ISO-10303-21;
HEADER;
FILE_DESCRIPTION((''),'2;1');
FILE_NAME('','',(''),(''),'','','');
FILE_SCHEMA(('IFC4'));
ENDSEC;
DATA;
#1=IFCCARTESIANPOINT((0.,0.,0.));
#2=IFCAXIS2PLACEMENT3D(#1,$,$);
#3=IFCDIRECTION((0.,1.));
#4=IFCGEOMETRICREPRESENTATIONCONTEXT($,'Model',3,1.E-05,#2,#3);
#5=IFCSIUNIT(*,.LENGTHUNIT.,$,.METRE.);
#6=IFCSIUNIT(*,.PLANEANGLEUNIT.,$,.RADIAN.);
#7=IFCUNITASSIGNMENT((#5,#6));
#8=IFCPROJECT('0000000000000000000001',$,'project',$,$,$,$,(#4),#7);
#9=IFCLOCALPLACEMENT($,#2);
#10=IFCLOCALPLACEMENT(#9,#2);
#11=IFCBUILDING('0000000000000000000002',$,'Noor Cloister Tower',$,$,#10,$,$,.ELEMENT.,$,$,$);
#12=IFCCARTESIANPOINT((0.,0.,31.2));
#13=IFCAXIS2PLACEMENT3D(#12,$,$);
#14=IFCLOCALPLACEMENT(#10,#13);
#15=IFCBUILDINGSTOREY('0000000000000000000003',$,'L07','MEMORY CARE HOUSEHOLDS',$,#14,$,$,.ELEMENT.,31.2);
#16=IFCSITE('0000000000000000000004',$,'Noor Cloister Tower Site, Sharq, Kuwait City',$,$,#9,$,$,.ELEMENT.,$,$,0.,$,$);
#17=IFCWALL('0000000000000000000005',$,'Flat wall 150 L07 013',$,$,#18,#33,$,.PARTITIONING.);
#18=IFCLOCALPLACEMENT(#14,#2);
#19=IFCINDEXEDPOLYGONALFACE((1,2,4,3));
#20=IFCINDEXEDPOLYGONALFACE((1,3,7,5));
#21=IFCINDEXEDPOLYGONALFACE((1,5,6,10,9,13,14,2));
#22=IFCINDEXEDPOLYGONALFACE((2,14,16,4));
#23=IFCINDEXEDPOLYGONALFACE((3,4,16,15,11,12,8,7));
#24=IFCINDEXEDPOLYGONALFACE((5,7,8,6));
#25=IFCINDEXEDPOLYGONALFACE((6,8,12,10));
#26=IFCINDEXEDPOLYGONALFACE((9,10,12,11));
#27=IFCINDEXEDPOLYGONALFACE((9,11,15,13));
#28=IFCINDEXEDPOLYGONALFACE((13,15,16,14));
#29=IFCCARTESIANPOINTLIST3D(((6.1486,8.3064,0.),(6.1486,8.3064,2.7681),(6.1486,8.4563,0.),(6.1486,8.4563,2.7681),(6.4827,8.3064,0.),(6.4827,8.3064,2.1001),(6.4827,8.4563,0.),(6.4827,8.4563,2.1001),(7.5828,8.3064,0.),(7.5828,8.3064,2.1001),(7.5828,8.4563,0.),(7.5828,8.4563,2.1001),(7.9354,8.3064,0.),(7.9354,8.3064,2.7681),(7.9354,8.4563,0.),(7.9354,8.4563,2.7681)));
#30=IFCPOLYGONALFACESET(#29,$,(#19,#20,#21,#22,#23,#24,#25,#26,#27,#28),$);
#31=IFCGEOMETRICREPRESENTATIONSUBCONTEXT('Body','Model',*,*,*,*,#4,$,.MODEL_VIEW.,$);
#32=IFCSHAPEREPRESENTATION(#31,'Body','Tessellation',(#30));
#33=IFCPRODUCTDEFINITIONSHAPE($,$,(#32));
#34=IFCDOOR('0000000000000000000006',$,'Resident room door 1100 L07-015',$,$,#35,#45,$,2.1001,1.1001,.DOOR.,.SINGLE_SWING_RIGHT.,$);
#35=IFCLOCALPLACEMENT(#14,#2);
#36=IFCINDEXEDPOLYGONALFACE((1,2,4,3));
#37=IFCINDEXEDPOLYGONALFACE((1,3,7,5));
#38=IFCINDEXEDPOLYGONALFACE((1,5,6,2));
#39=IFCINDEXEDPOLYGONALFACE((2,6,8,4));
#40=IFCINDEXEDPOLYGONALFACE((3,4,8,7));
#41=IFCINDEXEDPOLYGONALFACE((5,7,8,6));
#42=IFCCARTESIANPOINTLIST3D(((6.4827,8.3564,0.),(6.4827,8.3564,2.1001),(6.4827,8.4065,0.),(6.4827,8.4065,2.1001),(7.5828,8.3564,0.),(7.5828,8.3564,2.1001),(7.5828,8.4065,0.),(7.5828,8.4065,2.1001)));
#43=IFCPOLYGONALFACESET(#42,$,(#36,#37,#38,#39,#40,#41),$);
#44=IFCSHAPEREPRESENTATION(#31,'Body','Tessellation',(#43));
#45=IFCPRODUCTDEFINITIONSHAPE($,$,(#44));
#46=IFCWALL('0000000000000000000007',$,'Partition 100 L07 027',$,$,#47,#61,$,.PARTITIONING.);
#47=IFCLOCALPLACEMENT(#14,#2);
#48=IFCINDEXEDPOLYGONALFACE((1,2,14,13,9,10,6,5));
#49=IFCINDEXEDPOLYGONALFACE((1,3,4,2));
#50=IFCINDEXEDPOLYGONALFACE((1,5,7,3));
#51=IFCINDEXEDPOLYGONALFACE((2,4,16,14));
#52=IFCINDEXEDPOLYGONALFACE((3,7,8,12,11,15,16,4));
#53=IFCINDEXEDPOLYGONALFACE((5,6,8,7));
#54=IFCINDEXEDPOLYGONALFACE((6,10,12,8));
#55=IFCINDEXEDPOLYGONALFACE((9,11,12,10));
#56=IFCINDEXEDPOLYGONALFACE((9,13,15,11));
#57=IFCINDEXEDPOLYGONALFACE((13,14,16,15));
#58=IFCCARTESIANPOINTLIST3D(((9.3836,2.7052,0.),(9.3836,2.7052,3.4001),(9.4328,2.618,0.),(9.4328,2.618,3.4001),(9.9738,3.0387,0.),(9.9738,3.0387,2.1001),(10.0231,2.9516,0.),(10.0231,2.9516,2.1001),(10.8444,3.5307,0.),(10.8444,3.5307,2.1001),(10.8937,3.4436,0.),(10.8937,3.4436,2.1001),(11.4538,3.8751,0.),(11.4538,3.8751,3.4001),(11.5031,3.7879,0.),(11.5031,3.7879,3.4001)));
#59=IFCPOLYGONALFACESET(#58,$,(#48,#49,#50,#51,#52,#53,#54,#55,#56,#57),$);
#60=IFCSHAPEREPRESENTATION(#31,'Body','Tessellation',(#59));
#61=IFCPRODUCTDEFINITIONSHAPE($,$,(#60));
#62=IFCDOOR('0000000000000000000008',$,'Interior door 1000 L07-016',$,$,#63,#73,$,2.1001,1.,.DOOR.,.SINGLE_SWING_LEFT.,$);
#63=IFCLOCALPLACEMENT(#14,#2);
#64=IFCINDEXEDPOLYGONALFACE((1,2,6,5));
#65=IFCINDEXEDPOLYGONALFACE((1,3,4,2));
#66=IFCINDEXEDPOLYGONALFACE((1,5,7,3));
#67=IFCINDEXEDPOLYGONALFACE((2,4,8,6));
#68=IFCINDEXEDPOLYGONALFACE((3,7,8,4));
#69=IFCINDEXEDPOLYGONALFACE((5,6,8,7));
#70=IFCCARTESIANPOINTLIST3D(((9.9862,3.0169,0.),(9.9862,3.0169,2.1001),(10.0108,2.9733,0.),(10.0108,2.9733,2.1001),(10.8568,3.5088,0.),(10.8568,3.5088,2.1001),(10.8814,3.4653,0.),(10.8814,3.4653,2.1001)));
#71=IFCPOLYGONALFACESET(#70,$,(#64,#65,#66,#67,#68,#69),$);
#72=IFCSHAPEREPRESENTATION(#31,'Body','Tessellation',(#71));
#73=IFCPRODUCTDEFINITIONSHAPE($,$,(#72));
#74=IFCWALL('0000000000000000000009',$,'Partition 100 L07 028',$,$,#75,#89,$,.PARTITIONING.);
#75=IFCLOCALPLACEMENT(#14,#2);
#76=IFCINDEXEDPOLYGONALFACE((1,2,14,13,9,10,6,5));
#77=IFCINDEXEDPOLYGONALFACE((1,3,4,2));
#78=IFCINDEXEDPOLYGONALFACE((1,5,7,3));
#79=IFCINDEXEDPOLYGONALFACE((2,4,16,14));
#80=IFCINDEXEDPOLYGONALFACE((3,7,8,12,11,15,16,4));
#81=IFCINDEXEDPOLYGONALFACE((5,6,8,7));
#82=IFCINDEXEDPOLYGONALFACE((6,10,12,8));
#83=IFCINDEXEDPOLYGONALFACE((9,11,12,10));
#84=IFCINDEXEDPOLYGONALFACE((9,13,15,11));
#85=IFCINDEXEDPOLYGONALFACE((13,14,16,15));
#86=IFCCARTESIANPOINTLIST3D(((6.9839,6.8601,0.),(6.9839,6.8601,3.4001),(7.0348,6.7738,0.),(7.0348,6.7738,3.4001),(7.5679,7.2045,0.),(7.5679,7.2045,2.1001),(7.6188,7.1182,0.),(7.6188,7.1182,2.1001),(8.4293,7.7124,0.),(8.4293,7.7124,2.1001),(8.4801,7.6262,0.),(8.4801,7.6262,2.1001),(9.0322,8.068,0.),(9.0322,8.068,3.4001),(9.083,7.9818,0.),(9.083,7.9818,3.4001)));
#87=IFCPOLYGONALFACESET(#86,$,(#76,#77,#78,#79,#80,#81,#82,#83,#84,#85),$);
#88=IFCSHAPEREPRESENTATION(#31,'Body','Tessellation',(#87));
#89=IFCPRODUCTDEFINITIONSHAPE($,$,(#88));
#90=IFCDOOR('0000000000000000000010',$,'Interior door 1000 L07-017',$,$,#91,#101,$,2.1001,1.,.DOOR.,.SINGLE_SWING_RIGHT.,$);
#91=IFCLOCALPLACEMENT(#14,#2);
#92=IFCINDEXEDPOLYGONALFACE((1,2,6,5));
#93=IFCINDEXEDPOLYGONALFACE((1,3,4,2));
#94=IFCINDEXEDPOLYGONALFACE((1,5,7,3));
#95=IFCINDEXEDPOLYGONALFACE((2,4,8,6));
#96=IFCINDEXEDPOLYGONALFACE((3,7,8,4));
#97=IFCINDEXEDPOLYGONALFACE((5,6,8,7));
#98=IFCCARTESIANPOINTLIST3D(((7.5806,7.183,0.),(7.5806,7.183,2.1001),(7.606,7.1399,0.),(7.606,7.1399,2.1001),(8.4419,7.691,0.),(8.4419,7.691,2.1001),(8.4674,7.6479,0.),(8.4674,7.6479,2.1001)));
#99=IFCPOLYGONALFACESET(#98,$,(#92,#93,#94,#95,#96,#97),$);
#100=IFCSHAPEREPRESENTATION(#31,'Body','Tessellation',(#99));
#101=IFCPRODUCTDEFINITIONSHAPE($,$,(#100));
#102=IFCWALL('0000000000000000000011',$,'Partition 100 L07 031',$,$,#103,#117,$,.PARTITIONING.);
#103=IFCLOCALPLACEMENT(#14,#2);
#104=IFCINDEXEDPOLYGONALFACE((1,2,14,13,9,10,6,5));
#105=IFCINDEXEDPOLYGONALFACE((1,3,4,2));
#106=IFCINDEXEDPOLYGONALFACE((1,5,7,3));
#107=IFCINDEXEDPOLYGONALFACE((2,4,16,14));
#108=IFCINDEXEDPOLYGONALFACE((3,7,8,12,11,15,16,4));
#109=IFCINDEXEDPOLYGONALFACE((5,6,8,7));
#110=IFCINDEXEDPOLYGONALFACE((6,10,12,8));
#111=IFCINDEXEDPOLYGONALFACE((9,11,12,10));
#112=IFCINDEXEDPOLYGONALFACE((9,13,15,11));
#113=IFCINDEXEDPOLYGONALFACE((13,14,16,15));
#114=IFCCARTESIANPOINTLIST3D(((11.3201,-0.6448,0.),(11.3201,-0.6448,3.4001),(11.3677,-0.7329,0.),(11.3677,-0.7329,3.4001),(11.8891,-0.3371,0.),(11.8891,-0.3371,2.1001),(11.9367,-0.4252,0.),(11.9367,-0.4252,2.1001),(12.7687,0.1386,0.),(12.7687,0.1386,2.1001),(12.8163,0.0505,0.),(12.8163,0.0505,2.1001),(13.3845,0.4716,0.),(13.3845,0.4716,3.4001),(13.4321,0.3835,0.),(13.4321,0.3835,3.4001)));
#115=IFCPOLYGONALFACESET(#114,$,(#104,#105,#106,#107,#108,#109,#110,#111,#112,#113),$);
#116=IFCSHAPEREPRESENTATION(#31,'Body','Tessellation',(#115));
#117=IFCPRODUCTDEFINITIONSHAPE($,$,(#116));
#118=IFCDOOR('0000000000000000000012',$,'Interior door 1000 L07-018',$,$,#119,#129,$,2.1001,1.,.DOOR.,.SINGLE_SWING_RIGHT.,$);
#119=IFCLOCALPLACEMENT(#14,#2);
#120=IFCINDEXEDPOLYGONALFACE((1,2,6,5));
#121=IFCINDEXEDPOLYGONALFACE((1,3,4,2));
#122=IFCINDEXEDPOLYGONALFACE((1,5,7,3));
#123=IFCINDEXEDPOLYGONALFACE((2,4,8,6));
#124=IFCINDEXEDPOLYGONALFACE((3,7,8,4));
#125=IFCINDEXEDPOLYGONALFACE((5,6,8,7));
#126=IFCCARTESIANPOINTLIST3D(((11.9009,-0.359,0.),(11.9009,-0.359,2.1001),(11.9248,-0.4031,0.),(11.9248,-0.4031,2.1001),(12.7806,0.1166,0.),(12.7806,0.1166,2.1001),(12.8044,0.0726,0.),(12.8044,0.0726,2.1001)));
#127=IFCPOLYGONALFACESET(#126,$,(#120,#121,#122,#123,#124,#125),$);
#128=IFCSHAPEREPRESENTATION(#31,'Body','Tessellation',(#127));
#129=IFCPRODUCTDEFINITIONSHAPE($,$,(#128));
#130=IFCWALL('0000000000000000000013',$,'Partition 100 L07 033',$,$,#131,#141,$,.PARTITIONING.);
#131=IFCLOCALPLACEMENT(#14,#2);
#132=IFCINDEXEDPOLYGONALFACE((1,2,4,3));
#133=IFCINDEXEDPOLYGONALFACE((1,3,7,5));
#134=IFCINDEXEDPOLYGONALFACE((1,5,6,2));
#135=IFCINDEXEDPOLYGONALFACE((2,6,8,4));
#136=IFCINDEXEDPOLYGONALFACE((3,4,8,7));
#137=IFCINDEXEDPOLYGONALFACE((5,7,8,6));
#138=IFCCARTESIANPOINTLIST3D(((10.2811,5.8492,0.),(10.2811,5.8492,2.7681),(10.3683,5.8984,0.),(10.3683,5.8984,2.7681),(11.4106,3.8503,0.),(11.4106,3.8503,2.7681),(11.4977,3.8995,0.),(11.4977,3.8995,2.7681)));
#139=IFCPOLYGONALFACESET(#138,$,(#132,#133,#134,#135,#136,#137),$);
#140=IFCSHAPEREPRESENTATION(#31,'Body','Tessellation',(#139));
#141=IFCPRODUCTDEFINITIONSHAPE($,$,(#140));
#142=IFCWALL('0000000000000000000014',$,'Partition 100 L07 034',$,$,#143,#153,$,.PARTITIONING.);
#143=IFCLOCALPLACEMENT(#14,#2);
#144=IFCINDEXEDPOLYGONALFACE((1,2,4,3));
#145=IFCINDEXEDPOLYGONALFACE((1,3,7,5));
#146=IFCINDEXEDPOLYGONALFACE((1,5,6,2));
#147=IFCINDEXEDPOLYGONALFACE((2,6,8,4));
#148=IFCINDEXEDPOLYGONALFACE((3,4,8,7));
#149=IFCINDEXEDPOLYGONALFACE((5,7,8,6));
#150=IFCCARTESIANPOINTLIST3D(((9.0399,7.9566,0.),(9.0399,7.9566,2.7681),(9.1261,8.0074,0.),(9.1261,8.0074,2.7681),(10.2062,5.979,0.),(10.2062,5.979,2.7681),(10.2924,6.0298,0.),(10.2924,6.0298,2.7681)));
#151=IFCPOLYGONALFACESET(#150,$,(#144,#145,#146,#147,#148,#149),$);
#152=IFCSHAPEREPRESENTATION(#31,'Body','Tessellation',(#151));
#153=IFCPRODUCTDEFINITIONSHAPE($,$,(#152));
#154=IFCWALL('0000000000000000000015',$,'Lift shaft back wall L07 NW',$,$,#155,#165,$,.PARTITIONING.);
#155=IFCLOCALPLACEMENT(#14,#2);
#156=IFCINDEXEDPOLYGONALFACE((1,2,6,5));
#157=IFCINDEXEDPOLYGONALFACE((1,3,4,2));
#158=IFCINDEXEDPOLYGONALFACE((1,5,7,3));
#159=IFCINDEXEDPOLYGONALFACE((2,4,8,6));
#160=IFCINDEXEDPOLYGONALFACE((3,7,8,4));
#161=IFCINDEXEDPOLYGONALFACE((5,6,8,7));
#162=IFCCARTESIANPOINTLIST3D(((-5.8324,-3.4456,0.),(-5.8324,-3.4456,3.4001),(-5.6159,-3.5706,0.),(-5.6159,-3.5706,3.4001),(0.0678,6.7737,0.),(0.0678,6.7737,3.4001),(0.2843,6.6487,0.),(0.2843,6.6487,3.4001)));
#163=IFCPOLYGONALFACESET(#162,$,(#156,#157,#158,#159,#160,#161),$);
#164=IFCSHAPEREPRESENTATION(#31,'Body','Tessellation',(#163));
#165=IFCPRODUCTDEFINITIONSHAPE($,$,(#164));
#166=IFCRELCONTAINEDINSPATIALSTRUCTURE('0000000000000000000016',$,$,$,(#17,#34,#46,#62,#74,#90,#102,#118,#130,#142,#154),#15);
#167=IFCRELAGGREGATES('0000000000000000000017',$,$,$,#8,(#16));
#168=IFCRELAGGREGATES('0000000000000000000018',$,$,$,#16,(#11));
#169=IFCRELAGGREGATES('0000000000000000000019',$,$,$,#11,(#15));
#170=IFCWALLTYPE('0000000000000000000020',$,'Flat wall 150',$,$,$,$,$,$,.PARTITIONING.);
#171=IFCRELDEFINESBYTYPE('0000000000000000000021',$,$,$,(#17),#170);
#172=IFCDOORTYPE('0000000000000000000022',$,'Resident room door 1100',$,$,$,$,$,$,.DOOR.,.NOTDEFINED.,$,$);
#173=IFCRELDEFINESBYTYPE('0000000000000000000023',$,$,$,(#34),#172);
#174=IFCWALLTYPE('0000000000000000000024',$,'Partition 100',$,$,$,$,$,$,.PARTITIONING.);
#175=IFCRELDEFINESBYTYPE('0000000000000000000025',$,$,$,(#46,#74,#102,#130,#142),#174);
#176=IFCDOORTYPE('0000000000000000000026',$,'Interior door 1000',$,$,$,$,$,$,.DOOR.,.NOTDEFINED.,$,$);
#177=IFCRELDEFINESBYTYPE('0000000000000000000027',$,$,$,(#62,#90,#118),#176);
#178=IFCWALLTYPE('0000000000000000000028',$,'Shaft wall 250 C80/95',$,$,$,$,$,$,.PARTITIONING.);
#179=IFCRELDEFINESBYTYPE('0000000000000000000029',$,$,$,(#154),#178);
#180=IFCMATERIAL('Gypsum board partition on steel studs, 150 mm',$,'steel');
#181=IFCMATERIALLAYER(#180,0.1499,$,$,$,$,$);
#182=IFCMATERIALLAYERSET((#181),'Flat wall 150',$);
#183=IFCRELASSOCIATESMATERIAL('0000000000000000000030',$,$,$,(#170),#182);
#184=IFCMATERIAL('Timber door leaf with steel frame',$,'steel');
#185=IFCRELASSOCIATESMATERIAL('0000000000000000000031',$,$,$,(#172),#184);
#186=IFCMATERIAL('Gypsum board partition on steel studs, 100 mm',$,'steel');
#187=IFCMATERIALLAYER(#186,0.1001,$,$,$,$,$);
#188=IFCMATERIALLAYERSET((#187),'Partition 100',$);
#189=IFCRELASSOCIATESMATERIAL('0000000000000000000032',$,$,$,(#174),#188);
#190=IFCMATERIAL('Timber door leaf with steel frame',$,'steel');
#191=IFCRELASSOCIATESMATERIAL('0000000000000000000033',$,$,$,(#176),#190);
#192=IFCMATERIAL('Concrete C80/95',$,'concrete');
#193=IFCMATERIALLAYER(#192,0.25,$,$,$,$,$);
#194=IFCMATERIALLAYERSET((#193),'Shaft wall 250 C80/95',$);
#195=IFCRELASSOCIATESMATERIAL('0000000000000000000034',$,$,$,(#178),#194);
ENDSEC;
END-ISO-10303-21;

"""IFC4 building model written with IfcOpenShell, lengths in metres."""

from ifc_helpers import new_model, si_unit, direction, frame, frame_2d, origin, place, context, subcontext, project, spatial, rectangle, extrude, material, layer, layer_set, type_object, element, fill, save


model = new_model("IFC4")

# Units and contexts
model_context = context("Model", 3, precision=1e-05, world=origin(), true_north=direction((0.0, 1.0)))
body_context = subcontext(model_context, "Body", "Model", "MODEL_VIEW")
ifc_project = project(units=[si_unit("LENGTHUNIT", "METRE"), si_unit("PLANEANGLEUNIT", "RADIAN")], contexts=[model_context])

# Site, building, storey
site_placement = place(None, origin())
site = spatial("IfcSite", under=ifc_project, at=site_placement, Name="Noor Cloister Tower Site, Sharq, Kuwait City", CompositionType="ELEMENT", RefElevation=0.0)
building_placement = place(site_placement, origin())
building = spatial("IfcBuilding", under=site, at=building_placement, Name="Noor Cloister Tower", CompositionType="ELEMENT")
storey_placement = place(building_placement, frame((0.0, 0.0, 31.2)))
storey = spatial("IfcBuildingStorey", under=building, at=storey_placement, Name="L07", Description="MEMORY CARE HOUSEHOLDS", CompositionType="ELEMENT", Elevation=31.2)

# Shared definitions
ifc_material_1 = material(Name="Gypsum board partition on steel studs, 150 mm", Category="steel")
ifc_layer_1 = layer(ifc_material_1, 0.1499)
ifc_layer_set_1 = layer_set([ifc_layer_1], Name="Flat wall 150")
wall_type_1 = type_object("IfcWallType", Name="Flat wall 150", PredefinedType="PARTITIONING", material=ifc_layer_set_1)
ifc_material_2 = material(Name="Timber door leaf with steel frame", Category="steel")
door_type_1 = type_object("IfcDoorType", Name="Resident room door 1100", OperationType="NOTDEFINED", PredefinedType="DOOR", material=ifc_material_2)

# Walls, openings, doors
wall_1_placement = place(storey_placement, frame((7.9355, 8.3813, 0.0), z_axis=(0.0, 0.0, 1.0), x_axis=(-1.0, 0.0, 0.0)))
wall_1 = element("IfcWall", 1, at=wall_1_placement, inside=storey, type_object=wall_type_1, Name="Flat wall 150 L07 013", PredefinedType="PARTITIONING", context=body_context, shape_type="SweptSolid", body=[
    extrude(rectangle(XDim=1.7869, YDim=0.1499, at=frame_2d((0.8936, 0.0))), origin(), (0.0, 0.0, 1.0), 2.7681),
])
opening_1_placement = place(wall_1_placement, frame((0.3528, 0.0, 0.0)))
opening_1 = element("IfcOpeningElement", 2, at=opening_1_placement, cuts=wall_1, PredefinedType="OPENING", context=body_context, shape_type="SweptSolid", body=[
    extrude(rectangle(XDim=1.1001, YDim=2.1001, at=frame_2d((0.55, 1.05))), frame((0.0, 0.085, 0.0), z_axis=(0.0, -1.0, 0.0), x_axis=(1.0, 0.0, 0.0)), (0.0, 0.0, 1.0), 0.1699),
])
door_1_placement = place(opening_1_placement, origin())
door_1 = element("IfcDoor", 3, at=door_1_placement, inside=storey, type_object=door_type_1, Name="Resident room door 1100 L07-015", OperationType="SINGLE_SWING_RIGHT", OverallHeight=2.1001, OverallWidth=1.1001, PredefinedType="DOOR", context=body_context, shape_type="SweptSolid", body=[
    extrude(rectangle(XDim=1.1001, YDim=2.1001, at=frame_2d((0.55, 1.05))), frame((0.0, 0.0249, 0.0), z_axis=(0.0, -1.0, 0.0), x_axis=(1.0, 0.0, 0.0)), (0.0, 0.0, 1.0), 0.05),
])
fill(opening_1, door_1)
ifc_material_3 = material(Name="Gypsum board partition on steel studs, 100 mm", Category="steel")
ifc_layer_2 = layer(ifc_material_3, 0.1001)
ifc_layer_set_2 = layer_set([ifc_layer_2], Name="Partition 100")
wall_type_2 = type_object("IfcWallType", Name="Partition 100", PredefinedType="PARTITIONING", material=ifc_layer_set_2)
wall_2_placement = place(storey_placement, frame((9.4082, 2.6616, 0.0), z_axis=(0.0, 0.0, 1.0), x_axis=(0.870609, 0.491976, 0.0)))
wall_2 = element("IfcWall", 4, at=wall_2_placement, inside=storey, type_object=wall_type_2, Name="Partition 100 L07 027", PredefinedType="PARTITIONING", context=body_context, shape_type="SweptSolid", body=[
    extrude(rectangle(XDim=2.3779, YDim=0.1001, at=frame_2d((1.189, 0.0))), origin(), (0.0, 0.0, 1.0), 3.4001),
])
opening_2_placement = place(wall_2_placement, frame((0.678, 0.0, 0.0)))
opening_2 = element("IfcOpeningElement", 5, at=opening_2_placement, cuts=wall_2, PredefinedType="OPENING", context=body_context, shape_type="SweptSolid", body=[
    extrude(rectangle(XDim=1.0, YDim=2.1001, at=frame_2d((0.5, 1.05))), frame((0.0, 0.0601, 0.0), z_axis=(0.0, -1.0, 0.0), x_axis=(1.0, 0.0, 0.0)), (0.0, 0.0, 1.0), 0.1201),
])
ifc_material_4 = material(Name="Timber door leaf with steel frame", Category="steel")
door_type_2 = type_object("IfcDoorType", Name="Interior door 1000", OperationType="NOTDEFINED", PredefinedType="DOOR", material=ifc_material_4)
door_2_placement = place(opening_2_placement, origin())
door_2 = element("IfcDoor", 6, at=door_2_placement, inside=storey, type_object=door_type_2, Name="Interior door 1000 L07-016", OperationType="SINGLE_SWING_LEFT", OverallHeight=2.1001, OverallWidth=1.0, PredefinedType="DOOR", context=body_context, shape_type="SweptSolid", body=[
    extrude(rectangle(XDim=1.0, YDim=2.1001, at=frame_2d((0.5, 1.05))), frame((0.0, 0.0249, 0.0), z_axis=(0.0, -1.0, 0.0), x_axis=(1.0, 0.0, 0.0)), (0.0, 0.0, 1.0), 0.05),
])
fill(opening_2, door_2)
wall_3_placement = place(storey_placement, frame((9.0576, 8.0249, 0.0), z_axis=(0.0, 0.0, 1.0), x_axis=(-0.861364, -0.507989, 0.0)))
wall_3 = element("IfcWall", 7, at=wall_3_placement, inside=storey, type_object=wall_type_2, Name="Partition 100 L07 028", PredefinedType="PARTITIONING", context=body_context, shape_type="SweptSolid", body=[
    extrude(rectangle(XDim=2.3779, YDim=0.1001, at=frame_2d((1.189, 0.0))), origin(), (0.0, 0.0, 1.0), 3.4001),
])
opening_3_placement = place(wall_3_placement, frame((0.7, 0.0, 0.0)))
opening_3 = element("IfcOpeningElement", 8, at=opening_3_placement, cuts=wall_3, PredefinedType="OPENING", context=body_context, shape_type="SweptSolid", body=[
    extrude(rectangle(XDim=1.0, YDim=2.1001, at=frame_2d((0.5, 1.05))), frame((0.0, 0.0601, 0.0), z_axis=(0.0, -1.0, 0.0), x_axis=(1.0, 0.0, 0.0)), (0.0, 0.0, 1.0), 0.1201),
])
door_3_placement = place(opening_3_placement, origin())
door_3 = element("IfcDoor", 9, at=door_3_placement, inside=storey, type_object=door_type_2, Name="Interior door 1000 L07-017", OperationType="SINGLE_SWING_RIGHT", OverallHeight=2.1001, OverallWidth=1.0, PredefinedType="DOOR", context=body_context, shape_type="SweptSolid", body=[
    extrude(rectangle(XDim=1.0, YDim=2.1001, at=frame_2d((0.5, 1.05))), frame((0.0, 0.0249, 0.0), z_axis=(0.0, -1.0, 0.0), x_axis=(1.0, 0.0, 0.0)), (0.0, 0.0, 1.0), 0.05),
])
fill(opening_3, door_3)
wall_4_placement = place(storey_placement, frame((13.4082, 0.4275, 0.0), z_axis=(0.0, 0.0, 1.0), x_axis=(-0.879611, -0.475693, 0.0)))
wall_4 = element("IfcWall", 10, at=wall_4_placement, inside=storey, type_object=wall_type_2, Name="Partition 100 L07 031", PredefinedType="PARTITIONING", context=body_context, shape_type="SweptSolid", body=[
    extrude(rectangle(XDim=2.3469, YDim=0.1001, at=frame_2d((1.1733, 0.0))), origin(), (0.0, 0.0, 1.0), 3.4001),
])
opening_4_placement = place(wall_4_placement, frame((0.7, 0.0, 0.0)))
opening_4 = element("IfcOpeningElement", 11, at=opening_4_placement, cuts=wall_4, PredefinedType="OPENING", context=body_context, shape_type="SweptSolid", body=[
    extrude(rectangle(XDim=1.0, YDim=2.1001, at=frame_2d((0.5, 1.05))), frame((0.0, 0.0601, 0.0), z_axis=(0.0, -1.0, 0.0), x_axis=(1.0, 0.0, 0.0)), (0.0, 0.0, 1.0), 0.1201),
])
door_4_placement = place(opening_4_placement, origin())
door_4 = element("IfcDoor", 12, at=door_4_placement, inside=storey, type_object=door_type_2, Name="Interior door 1000 L07-018", OperationType="SINGLE_SWING_RIGHT", OverallHeight=2.1001, OverallWidth=1.0, PredefinedType="DOOR", context=body_context, shape_type="SweptSolid", body=[
    extrude(rectangle(XDim=1.0, YDim=2.1001, at=frame_2d((0.5, 1.05))), frame((0.0, 0.0249, 0.0), z_axis=(0.0, -1.0, 0.0), x_axis=(1.0, 0.0, 0.0)), (0.0, 0.0, 1.0), 0.05),
])
fill(opening_4, door_4)

# Walls
for number, where, z_axis, x_axis, name in (
    (13, (10.3247, 5.8738, 0.0), (0.0, 0.0, 1.0), (0.491942, -0.870628, 0.0), "Partition 100 L07 033"),
    (14, (10.2493, 6.0044, 0.0), (0.0, 0.0, 1.0), (-0.507991, 0.861362, 0.0), "Partition 100 L07 034"),
):
    element("IfcWall", number, at=place(storey_placement, frame(where, z_axis=z_axis, x_axis=x_axis)), inside=storey, type_object=wall_type_2, Name=name, PredefinedType="PARTITIONING", context=body_context, shape_type="SweptSolid", body=[
        extrude(rectangle(XDim=2.2959, YDim=0.1001, at=frame_2d((1.1479, 0.0))), origin(), (0.0, 0.0, 1.0), 2.7681),
    ])
ifc_material_5 = material(Name="Concrete C80/95", Category="concrete")
ifc_layer_3 = layer(ifc_material_5, 0.25)
ifc_layer_set_3 = layer_set([ifc_layer_3], Name="Shaft wall 250 C80/95")
wall_type_3 = type_object("IfcWallType", Name="Shaft wall 250 C80/95", PredefinedType="PARTITIONING", material=ifc_layer_set_3)
wall_5_placement = place(storey_placement, frame((0.176, 6.7112, 0.0), z_axis=(0.0, 0.0, 1.0), x_axis=(-0.500004, -0.866023, 0.0)))
element("IfcWall", 15, at=wall_5_placement, inside=storey, type_object=wall_type_3, Name="Lift shaft back wall L07 NW", PredefinedType="PARTITIONING", context=body_context, shape_type="SweptSolid", body=[
    extrude(rectangle(XDim=11.8003, YDim=0.25, at=frame_2d((5.9001, 0.0))), origin(), (0.0, 0.0, 1.0), 3.4001),
])

save(model, "model.ifc")
